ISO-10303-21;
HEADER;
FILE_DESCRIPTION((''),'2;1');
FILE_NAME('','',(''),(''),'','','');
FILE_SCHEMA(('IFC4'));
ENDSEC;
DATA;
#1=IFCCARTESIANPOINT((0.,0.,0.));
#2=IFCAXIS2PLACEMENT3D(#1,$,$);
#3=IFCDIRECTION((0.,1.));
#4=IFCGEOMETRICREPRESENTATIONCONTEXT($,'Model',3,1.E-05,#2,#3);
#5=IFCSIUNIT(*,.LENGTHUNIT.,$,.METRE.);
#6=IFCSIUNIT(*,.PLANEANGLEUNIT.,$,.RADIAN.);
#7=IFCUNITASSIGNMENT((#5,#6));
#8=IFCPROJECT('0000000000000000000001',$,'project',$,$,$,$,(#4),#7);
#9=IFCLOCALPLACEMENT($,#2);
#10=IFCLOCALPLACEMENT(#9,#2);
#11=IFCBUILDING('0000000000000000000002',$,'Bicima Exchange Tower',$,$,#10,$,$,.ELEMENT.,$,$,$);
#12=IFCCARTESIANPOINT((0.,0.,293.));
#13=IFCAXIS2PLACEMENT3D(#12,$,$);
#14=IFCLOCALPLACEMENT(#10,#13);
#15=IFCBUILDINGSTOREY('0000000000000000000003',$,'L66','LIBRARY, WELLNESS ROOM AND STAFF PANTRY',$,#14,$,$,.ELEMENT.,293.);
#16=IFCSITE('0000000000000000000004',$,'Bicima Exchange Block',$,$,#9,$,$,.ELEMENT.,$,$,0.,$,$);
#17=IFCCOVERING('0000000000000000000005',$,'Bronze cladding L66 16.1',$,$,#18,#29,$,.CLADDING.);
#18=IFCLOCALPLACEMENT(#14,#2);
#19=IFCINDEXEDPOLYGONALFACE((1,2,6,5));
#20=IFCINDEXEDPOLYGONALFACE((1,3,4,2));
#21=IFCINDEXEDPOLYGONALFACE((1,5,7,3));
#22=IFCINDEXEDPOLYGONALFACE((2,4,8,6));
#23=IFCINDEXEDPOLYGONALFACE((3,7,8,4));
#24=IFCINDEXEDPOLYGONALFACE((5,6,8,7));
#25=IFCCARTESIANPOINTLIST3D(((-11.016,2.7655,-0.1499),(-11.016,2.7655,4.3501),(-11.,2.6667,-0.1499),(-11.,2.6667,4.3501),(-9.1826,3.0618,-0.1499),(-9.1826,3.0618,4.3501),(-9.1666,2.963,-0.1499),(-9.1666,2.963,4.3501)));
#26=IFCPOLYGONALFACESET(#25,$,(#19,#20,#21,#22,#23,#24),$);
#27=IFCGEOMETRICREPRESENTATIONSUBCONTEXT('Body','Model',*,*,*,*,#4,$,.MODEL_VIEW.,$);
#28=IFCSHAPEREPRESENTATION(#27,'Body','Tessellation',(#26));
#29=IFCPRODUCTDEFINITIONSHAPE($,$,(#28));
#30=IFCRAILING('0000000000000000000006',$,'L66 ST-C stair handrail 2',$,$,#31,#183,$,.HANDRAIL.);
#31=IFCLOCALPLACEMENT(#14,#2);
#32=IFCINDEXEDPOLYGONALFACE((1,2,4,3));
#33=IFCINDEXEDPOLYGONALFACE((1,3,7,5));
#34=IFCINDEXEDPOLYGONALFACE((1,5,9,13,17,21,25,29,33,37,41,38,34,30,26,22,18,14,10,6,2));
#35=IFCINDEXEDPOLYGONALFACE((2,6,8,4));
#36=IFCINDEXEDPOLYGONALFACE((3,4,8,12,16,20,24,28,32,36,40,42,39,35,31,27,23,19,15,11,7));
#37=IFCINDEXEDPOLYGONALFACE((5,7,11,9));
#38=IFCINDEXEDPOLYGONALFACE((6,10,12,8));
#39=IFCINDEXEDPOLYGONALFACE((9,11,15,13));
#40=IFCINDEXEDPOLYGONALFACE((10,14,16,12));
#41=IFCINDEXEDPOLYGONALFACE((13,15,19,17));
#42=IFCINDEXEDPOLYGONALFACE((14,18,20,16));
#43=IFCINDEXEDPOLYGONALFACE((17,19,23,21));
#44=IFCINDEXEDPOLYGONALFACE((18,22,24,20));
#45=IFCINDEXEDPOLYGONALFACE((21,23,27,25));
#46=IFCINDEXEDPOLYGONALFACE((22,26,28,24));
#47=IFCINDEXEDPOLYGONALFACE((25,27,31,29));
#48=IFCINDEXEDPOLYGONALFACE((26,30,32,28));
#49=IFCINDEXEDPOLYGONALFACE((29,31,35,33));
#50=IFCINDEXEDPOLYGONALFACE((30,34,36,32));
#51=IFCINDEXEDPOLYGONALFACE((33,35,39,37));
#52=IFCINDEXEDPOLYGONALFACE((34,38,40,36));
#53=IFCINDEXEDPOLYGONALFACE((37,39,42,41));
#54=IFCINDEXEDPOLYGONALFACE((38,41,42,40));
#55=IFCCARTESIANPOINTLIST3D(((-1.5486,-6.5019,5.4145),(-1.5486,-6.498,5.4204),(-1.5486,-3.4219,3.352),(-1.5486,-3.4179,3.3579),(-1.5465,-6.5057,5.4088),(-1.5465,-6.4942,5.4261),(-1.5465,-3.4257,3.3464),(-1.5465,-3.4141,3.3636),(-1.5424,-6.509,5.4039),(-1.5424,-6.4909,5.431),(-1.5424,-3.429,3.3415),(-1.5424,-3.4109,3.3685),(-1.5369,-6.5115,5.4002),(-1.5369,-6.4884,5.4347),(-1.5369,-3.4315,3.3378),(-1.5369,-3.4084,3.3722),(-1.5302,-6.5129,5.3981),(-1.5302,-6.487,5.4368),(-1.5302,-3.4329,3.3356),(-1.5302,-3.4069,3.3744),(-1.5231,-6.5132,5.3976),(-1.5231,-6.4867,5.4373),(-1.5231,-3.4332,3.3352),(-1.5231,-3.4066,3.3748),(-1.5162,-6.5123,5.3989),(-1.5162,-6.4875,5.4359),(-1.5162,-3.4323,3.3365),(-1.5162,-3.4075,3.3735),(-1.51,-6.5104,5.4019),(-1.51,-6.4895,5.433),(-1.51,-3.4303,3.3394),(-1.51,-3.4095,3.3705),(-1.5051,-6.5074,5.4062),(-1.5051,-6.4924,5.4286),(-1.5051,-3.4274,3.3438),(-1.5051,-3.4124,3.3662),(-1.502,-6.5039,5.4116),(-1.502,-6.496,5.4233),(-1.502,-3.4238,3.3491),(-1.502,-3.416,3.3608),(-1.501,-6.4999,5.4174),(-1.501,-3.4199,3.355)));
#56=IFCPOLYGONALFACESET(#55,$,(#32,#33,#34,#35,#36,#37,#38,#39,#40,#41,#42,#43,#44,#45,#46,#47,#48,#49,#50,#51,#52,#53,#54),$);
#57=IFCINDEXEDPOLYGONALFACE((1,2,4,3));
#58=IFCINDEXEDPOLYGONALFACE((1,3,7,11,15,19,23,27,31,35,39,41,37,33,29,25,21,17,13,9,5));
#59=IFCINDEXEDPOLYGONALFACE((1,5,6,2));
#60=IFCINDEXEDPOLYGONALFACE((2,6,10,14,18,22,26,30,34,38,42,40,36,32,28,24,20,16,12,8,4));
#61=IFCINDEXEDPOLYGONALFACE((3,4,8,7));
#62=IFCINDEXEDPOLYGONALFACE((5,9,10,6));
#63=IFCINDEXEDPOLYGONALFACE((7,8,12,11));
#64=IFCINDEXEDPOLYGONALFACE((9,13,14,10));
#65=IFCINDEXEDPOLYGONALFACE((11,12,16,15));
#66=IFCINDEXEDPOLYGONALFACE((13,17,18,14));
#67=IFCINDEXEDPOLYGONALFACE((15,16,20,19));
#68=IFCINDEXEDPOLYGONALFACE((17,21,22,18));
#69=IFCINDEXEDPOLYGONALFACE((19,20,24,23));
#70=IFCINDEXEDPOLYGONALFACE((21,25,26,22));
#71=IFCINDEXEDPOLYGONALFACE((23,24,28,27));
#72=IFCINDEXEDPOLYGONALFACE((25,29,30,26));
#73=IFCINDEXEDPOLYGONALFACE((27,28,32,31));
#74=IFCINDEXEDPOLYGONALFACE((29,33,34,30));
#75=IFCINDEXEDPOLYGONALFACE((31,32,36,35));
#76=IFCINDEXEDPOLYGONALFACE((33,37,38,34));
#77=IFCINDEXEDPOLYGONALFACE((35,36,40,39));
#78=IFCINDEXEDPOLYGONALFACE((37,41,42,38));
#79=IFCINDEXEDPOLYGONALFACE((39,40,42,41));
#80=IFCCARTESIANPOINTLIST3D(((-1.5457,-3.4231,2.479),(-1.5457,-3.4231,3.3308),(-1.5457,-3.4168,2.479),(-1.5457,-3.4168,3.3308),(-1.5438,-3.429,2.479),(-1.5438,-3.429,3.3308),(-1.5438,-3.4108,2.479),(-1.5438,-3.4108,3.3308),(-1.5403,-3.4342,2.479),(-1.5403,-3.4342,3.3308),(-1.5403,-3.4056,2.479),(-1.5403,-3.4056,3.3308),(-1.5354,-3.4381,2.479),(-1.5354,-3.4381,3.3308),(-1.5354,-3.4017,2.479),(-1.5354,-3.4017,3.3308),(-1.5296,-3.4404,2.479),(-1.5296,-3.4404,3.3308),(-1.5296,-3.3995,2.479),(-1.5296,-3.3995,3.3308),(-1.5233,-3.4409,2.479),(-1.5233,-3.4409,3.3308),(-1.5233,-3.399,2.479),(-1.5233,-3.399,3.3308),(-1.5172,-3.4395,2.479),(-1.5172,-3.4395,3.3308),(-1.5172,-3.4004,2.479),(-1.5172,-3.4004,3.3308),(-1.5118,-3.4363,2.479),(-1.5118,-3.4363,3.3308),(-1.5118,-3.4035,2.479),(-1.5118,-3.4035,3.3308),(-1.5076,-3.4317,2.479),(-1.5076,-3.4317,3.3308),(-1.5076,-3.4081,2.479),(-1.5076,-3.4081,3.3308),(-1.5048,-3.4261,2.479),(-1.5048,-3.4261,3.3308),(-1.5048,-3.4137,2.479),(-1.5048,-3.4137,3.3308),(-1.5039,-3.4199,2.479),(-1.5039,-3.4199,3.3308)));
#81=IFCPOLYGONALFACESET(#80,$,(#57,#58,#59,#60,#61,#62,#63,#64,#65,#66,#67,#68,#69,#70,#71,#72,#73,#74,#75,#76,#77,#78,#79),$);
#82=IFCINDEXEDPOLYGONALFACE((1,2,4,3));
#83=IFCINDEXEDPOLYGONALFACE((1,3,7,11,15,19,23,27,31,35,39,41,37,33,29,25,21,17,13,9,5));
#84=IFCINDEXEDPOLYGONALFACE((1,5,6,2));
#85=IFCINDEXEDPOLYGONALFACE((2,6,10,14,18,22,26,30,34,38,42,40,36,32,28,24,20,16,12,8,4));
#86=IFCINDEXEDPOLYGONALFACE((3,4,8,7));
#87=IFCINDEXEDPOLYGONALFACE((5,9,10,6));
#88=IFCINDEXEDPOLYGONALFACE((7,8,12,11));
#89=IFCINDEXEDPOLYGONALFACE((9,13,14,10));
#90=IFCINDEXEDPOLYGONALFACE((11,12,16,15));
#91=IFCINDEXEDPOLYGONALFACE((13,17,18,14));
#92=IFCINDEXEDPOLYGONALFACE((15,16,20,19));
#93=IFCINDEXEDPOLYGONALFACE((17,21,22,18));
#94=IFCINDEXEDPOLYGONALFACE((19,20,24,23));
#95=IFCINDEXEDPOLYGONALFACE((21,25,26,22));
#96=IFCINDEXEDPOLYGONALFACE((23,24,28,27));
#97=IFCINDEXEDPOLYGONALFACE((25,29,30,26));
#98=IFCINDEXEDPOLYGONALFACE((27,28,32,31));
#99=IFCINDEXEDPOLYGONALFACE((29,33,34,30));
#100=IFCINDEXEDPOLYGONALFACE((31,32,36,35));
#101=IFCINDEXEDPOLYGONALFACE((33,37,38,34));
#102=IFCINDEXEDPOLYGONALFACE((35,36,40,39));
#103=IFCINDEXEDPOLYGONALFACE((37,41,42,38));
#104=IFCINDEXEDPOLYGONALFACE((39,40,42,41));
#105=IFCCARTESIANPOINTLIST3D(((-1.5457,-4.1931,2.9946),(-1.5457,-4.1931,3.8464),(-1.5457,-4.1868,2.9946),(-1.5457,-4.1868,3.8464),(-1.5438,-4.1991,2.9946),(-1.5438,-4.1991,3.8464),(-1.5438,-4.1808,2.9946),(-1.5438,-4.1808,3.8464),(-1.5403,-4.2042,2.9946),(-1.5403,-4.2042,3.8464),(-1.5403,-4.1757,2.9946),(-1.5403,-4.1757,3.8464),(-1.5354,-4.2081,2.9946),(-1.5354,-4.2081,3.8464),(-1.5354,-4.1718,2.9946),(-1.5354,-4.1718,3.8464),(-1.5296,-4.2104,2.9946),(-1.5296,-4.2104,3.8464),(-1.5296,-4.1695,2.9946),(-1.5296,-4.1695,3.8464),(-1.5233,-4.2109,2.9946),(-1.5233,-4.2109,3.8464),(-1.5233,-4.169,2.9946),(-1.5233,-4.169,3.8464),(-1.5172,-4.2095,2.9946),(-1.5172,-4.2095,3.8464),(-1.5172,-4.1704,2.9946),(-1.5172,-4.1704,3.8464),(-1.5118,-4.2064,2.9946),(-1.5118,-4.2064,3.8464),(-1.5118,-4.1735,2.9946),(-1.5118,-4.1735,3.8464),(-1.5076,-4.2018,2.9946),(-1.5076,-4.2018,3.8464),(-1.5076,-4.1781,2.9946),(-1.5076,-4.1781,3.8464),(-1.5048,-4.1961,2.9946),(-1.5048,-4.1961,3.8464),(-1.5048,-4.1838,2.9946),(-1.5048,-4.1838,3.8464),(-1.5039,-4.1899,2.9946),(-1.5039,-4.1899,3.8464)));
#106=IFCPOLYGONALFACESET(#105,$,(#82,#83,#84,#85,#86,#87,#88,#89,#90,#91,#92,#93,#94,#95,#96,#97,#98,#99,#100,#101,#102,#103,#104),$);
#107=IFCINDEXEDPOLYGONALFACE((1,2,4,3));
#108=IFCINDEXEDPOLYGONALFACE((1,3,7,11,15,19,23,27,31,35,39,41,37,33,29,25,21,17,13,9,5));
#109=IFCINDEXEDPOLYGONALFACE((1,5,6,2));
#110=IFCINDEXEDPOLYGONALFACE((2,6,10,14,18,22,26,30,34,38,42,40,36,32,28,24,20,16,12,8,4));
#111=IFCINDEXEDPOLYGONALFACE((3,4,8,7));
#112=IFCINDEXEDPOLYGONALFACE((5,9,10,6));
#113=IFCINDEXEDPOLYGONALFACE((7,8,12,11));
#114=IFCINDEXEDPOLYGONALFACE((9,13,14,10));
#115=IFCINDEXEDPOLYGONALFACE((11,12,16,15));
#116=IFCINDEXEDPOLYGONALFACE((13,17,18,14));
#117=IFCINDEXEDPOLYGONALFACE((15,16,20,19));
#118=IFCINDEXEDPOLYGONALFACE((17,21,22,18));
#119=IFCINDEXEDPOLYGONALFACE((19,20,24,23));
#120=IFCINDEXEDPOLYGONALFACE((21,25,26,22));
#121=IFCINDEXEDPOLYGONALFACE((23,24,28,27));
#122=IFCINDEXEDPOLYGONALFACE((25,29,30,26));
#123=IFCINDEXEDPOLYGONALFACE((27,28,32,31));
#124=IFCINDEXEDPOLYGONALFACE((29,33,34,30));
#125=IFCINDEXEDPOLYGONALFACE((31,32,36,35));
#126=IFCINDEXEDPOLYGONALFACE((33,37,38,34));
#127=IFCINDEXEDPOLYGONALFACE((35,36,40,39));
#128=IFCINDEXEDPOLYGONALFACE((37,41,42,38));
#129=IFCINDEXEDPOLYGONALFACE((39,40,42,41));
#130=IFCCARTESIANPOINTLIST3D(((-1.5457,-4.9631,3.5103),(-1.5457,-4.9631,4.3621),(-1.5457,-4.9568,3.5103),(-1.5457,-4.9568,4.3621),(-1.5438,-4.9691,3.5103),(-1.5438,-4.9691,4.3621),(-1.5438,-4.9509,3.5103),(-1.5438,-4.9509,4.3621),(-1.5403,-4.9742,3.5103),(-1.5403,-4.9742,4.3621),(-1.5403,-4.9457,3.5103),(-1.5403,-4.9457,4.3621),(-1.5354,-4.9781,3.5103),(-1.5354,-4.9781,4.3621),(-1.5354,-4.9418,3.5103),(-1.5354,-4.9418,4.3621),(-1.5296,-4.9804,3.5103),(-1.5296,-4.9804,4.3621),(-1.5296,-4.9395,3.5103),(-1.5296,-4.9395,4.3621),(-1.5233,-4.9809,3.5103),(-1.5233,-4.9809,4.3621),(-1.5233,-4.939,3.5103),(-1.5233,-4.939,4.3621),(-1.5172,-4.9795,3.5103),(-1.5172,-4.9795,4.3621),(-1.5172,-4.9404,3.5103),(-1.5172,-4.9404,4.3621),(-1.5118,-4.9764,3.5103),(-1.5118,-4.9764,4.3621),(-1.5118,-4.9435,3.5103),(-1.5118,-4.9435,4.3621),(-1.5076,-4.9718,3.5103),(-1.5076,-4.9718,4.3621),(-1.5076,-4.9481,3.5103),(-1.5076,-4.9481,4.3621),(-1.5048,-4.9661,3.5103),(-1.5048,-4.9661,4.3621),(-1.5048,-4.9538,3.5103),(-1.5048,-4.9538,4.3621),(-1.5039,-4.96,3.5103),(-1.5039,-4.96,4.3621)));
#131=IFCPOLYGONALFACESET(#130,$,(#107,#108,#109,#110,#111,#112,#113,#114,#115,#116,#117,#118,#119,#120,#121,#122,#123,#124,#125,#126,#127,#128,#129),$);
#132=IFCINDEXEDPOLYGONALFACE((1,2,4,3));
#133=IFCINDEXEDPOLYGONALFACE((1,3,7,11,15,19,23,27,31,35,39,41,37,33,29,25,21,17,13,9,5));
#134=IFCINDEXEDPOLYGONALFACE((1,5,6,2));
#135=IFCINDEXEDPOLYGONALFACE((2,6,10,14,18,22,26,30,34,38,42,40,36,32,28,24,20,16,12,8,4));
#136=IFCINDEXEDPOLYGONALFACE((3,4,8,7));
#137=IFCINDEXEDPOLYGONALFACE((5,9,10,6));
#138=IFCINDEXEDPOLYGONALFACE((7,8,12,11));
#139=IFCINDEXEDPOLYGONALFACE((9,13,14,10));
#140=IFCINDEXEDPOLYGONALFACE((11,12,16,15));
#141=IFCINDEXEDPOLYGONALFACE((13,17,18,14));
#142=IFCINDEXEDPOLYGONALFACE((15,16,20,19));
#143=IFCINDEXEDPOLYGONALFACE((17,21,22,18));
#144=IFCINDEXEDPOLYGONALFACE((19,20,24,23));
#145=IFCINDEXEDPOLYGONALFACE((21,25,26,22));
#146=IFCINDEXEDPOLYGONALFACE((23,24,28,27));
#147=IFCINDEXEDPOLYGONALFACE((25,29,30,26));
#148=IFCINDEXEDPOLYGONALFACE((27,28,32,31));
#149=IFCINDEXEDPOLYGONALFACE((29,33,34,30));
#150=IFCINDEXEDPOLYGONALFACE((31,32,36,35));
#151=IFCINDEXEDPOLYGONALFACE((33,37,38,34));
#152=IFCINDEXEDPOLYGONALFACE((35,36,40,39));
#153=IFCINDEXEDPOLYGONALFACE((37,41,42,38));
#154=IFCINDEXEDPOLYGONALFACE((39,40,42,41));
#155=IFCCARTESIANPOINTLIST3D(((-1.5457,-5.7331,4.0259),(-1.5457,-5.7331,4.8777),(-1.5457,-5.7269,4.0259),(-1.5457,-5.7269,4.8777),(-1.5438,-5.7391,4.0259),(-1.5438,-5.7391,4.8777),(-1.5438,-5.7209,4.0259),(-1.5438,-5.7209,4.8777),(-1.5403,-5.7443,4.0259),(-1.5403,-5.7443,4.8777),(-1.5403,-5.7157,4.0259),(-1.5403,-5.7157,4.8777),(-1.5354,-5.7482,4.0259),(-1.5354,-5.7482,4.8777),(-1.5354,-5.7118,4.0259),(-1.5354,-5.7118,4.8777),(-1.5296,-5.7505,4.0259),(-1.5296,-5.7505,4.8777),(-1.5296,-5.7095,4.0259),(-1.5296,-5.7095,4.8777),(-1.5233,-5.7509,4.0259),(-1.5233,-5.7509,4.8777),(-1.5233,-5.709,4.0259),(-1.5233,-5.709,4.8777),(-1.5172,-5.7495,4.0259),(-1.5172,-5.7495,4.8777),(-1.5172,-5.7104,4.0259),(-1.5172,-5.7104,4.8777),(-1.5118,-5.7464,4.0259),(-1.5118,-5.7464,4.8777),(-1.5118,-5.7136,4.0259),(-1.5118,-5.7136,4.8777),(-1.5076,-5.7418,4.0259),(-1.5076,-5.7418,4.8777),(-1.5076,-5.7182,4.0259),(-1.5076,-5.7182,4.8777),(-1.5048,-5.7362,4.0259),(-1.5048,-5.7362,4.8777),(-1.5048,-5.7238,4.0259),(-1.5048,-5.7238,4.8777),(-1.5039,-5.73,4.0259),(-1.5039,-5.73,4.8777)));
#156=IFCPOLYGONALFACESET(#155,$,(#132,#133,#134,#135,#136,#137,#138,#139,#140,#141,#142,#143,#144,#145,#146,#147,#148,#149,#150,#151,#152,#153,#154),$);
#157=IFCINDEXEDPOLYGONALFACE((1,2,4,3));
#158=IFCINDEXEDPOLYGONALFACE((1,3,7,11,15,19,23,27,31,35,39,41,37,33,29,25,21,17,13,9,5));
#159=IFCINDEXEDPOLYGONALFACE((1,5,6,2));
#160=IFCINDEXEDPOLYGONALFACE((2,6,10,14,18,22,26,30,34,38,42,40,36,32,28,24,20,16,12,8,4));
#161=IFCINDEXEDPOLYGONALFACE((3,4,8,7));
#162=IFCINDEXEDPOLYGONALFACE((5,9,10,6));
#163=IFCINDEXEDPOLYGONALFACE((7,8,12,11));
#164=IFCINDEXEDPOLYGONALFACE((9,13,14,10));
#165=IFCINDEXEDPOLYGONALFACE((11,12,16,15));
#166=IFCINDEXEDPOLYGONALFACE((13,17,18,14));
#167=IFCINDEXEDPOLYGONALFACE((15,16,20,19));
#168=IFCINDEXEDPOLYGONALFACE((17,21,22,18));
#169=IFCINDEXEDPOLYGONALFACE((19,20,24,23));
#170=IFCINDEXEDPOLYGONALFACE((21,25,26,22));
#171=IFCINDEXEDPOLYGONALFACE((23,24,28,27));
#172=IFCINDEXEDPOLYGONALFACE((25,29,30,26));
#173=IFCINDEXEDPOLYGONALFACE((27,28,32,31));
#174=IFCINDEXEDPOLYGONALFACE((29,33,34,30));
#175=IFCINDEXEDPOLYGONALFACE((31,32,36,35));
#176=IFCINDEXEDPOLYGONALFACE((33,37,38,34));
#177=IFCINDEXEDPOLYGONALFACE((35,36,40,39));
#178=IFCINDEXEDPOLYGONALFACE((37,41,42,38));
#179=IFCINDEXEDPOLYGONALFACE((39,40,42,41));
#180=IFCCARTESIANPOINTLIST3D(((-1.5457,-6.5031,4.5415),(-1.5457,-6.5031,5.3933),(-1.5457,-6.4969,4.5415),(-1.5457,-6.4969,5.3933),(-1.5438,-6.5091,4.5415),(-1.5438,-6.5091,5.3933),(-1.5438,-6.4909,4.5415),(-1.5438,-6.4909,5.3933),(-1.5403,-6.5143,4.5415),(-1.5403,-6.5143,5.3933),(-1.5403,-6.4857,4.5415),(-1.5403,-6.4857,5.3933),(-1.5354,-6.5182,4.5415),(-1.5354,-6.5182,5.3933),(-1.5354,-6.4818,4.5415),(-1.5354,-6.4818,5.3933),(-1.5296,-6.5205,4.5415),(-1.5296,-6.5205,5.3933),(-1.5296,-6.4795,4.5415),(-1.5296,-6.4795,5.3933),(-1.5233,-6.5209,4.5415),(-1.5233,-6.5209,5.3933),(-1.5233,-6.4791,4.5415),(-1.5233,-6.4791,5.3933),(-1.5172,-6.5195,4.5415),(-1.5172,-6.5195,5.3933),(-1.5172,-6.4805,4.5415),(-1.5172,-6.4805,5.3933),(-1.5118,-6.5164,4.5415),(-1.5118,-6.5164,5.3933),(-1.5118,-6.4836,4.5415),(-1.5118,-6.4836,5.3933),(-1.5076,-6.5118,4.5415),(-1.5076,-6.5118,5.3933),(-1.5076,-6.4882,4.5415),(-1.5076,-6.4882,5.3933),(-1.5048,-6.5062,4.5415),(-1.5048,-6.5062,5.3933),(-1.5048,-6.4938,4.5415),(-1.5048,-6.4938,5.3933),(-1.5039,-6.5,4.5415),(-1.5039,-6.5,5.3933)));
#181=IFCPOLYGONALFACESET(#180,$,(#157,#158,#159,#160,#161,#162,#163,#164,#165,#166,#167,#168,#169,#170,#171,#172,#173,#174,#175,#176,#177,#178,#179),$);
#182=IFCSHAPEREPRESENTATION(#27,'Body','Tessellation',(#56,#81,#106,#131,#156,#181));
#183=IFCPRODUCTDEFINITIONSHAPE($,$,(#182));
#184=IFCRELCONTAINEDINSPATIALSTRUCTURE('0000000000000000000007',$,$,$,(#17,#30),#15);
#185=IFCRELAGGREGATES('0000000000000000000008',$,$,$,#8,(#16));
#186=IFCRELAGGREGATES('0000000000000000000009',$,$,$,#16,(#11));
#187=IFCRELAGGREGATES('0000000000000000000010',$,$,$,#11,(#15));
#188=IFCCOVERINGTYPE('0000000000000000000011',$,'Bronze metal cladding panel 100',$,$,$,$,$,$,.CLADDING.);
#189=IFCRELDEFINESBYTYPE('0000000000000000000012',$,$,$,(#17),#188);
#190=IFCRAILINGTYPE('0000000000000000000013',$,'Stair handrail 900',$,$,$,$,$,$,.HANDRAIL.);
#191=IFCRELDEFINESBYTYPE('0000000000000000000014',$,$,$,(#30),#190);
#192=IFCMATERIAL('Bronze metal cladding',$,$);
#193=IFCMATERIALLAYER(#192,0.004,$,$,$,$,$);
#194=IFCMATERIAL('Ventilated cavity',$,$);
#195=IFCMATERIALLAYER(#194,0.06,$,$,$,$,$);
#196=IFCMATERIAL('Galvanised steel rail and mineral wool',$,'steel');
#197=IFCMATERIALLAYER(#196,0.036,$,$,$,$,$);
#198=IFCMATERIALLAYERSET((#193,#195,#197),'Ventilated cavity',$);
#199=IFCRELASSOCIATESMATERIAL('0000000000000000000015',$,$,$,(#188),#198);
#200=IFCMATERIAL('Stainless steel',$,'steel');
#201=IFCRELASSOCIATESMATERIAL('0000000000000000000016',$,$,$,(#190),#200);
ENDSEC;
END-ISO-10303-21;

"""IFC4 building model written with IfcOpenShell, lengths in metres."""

from ifc_helpers import new_model, si_unit, direction, frame, origin, origin_2d, place, context, subcontext, project, spatial, rectangle, circle, extrude, material, layer, layer_set, type_object, element, save


model = new_model("IFC4")

# Units and contexts
model_context = context("Model", 3, precision=1e-05, world=origin(), true_north=direction((0.0, 1.0)))
body_context = subcontext(model_context, "Body", "Model", "MODEL_VIEW")
ifc_project = project(units=[si_unit("LENGTHUNIT", "METRE"), si_unit("PLANEANGLEUNIT", "RADIAN")], contexts=[model_context])

# Site, building, storey
site_placement = place(None, origin())
site = spatial("IfcSite", under=ifc_project, at=site_placement, Name="Bicima Exchange Block", CompositionType="ELEMENT", RefElevation=0.0)
building_placement = place(site_placement, origin())
building = spatial("IfcBuilding", under=site, at=building_placement, Name="Bicima Exchange Tower", CompositionType="ELEMENT")
storey_placement = place(building_placement, frame((0.0, 0.0, 293.0)))
storey = spatial("IfcBuildingStorey", under=building, at=storey_placement, Name="L66", Description="LIBRARY, WELLNESS ROOM AND STAFF PANTRY", CompositionType="ELEMENT", Elevation=293.0)

# Covering
ifc_material_1 = material(Name="Bronze metal cladding")
ifc_layer_1 = layer(ifc_material_1, 0.004)
ifc_material_2 = material(Name="Ventilated cavity")
ifc_layer_2 = layer(ifc_material_2, 0.06)
ifc_material_3 = material(Name="Galvanised steel rail and mineral wool", Category="steel")
ifc_layer_3 = layer(ifc_material_3, 0.036)
ifc_layer_set_1 = layer_set([ifc_layer_1, ifc_layer_2, ifc_layer_3], Name="Ventilated cavity")
covering_type = type_object("IfcCoveringType", Name="Bronze metal cladding panel 100", PredefinedType="CLADDING", material=ifc_layer_set_1)
covering_1_placement = place(storey_placement, frame((-10.0913, 2.8643, -0.1499), z_axis=(0.0, 0.0, 1.0), x_axis=(-0.98719, -0.15955, 0.0)))
element("IfcCovering", 1, at=covering_1_placement, inside=storey, type_object=covering_type, Name="Bronze cladding L66 16.1", PredefinedType="CLADDING", context=body_context, shape_type="SweptSolid", body=[
    extrude(rectangle(XDim=1.8572, YDim=0.1001, at=origin_2d()), origin(), (0.0, 0.0, 1.0), 4.5),
])

# Railing
ifc_material_4 = material(Name="Stainless steel", Category="steel")
railing_type = type_object("IfcRailingType", Name="Stair handrail 900", PredefinedType="HANDRAIL", material=ifc_material_4)
railing_placement = place(storey_placement, frame((-1.5249, -3.4199, 2.479)))
element("IfcRailing", 2, at=railing_placement, inside=storey, type_object=railing_type, Name="L66 ST-C stair handrail 2", PredefinedType="HANDRAIL", context=body_context, shape_type="SweptSolid", body=[
    extrude(circle(Radius=0.0239, at=origin_2d()), frame((0.0, 0.0, 0.876), z_axis=(0.0, -0.830914, 0.556401), x_axis=(1.0, 0.0, 0.0)), (0.0, 0.0, 1.0), 3.7068),
    extrude(circle(Radius=0.021, at=origin_2d()), origin(), (0.0, 0.0, 1.0), 0.8518),
    extrude(circle(Radius=0.021, at=origin_2d()), frame((0.0, -0.77, 0.5156)), (0.0, 0.0, 1.0), 0.8518),
    extrude(circle(Radius=0.021, at=origin_2d()), frame((0.0, -1.54, 1.0312)), (0.0, 0.0, 1.0), 0.8518),
    extrude(circle(Radius=0.021, at=origin_2d()), frame((0.0, -2.3101, 1.5469)), (0.0, 0.0, 1.0), 0.8518),
    extrude(circle(Radius=0.021, at=origin_2d()), frame((0.0, -3.0801, 2.0625)), (0.0, 0.0, 1.0), 0.8518),
])

save(model, "model.ifc")
